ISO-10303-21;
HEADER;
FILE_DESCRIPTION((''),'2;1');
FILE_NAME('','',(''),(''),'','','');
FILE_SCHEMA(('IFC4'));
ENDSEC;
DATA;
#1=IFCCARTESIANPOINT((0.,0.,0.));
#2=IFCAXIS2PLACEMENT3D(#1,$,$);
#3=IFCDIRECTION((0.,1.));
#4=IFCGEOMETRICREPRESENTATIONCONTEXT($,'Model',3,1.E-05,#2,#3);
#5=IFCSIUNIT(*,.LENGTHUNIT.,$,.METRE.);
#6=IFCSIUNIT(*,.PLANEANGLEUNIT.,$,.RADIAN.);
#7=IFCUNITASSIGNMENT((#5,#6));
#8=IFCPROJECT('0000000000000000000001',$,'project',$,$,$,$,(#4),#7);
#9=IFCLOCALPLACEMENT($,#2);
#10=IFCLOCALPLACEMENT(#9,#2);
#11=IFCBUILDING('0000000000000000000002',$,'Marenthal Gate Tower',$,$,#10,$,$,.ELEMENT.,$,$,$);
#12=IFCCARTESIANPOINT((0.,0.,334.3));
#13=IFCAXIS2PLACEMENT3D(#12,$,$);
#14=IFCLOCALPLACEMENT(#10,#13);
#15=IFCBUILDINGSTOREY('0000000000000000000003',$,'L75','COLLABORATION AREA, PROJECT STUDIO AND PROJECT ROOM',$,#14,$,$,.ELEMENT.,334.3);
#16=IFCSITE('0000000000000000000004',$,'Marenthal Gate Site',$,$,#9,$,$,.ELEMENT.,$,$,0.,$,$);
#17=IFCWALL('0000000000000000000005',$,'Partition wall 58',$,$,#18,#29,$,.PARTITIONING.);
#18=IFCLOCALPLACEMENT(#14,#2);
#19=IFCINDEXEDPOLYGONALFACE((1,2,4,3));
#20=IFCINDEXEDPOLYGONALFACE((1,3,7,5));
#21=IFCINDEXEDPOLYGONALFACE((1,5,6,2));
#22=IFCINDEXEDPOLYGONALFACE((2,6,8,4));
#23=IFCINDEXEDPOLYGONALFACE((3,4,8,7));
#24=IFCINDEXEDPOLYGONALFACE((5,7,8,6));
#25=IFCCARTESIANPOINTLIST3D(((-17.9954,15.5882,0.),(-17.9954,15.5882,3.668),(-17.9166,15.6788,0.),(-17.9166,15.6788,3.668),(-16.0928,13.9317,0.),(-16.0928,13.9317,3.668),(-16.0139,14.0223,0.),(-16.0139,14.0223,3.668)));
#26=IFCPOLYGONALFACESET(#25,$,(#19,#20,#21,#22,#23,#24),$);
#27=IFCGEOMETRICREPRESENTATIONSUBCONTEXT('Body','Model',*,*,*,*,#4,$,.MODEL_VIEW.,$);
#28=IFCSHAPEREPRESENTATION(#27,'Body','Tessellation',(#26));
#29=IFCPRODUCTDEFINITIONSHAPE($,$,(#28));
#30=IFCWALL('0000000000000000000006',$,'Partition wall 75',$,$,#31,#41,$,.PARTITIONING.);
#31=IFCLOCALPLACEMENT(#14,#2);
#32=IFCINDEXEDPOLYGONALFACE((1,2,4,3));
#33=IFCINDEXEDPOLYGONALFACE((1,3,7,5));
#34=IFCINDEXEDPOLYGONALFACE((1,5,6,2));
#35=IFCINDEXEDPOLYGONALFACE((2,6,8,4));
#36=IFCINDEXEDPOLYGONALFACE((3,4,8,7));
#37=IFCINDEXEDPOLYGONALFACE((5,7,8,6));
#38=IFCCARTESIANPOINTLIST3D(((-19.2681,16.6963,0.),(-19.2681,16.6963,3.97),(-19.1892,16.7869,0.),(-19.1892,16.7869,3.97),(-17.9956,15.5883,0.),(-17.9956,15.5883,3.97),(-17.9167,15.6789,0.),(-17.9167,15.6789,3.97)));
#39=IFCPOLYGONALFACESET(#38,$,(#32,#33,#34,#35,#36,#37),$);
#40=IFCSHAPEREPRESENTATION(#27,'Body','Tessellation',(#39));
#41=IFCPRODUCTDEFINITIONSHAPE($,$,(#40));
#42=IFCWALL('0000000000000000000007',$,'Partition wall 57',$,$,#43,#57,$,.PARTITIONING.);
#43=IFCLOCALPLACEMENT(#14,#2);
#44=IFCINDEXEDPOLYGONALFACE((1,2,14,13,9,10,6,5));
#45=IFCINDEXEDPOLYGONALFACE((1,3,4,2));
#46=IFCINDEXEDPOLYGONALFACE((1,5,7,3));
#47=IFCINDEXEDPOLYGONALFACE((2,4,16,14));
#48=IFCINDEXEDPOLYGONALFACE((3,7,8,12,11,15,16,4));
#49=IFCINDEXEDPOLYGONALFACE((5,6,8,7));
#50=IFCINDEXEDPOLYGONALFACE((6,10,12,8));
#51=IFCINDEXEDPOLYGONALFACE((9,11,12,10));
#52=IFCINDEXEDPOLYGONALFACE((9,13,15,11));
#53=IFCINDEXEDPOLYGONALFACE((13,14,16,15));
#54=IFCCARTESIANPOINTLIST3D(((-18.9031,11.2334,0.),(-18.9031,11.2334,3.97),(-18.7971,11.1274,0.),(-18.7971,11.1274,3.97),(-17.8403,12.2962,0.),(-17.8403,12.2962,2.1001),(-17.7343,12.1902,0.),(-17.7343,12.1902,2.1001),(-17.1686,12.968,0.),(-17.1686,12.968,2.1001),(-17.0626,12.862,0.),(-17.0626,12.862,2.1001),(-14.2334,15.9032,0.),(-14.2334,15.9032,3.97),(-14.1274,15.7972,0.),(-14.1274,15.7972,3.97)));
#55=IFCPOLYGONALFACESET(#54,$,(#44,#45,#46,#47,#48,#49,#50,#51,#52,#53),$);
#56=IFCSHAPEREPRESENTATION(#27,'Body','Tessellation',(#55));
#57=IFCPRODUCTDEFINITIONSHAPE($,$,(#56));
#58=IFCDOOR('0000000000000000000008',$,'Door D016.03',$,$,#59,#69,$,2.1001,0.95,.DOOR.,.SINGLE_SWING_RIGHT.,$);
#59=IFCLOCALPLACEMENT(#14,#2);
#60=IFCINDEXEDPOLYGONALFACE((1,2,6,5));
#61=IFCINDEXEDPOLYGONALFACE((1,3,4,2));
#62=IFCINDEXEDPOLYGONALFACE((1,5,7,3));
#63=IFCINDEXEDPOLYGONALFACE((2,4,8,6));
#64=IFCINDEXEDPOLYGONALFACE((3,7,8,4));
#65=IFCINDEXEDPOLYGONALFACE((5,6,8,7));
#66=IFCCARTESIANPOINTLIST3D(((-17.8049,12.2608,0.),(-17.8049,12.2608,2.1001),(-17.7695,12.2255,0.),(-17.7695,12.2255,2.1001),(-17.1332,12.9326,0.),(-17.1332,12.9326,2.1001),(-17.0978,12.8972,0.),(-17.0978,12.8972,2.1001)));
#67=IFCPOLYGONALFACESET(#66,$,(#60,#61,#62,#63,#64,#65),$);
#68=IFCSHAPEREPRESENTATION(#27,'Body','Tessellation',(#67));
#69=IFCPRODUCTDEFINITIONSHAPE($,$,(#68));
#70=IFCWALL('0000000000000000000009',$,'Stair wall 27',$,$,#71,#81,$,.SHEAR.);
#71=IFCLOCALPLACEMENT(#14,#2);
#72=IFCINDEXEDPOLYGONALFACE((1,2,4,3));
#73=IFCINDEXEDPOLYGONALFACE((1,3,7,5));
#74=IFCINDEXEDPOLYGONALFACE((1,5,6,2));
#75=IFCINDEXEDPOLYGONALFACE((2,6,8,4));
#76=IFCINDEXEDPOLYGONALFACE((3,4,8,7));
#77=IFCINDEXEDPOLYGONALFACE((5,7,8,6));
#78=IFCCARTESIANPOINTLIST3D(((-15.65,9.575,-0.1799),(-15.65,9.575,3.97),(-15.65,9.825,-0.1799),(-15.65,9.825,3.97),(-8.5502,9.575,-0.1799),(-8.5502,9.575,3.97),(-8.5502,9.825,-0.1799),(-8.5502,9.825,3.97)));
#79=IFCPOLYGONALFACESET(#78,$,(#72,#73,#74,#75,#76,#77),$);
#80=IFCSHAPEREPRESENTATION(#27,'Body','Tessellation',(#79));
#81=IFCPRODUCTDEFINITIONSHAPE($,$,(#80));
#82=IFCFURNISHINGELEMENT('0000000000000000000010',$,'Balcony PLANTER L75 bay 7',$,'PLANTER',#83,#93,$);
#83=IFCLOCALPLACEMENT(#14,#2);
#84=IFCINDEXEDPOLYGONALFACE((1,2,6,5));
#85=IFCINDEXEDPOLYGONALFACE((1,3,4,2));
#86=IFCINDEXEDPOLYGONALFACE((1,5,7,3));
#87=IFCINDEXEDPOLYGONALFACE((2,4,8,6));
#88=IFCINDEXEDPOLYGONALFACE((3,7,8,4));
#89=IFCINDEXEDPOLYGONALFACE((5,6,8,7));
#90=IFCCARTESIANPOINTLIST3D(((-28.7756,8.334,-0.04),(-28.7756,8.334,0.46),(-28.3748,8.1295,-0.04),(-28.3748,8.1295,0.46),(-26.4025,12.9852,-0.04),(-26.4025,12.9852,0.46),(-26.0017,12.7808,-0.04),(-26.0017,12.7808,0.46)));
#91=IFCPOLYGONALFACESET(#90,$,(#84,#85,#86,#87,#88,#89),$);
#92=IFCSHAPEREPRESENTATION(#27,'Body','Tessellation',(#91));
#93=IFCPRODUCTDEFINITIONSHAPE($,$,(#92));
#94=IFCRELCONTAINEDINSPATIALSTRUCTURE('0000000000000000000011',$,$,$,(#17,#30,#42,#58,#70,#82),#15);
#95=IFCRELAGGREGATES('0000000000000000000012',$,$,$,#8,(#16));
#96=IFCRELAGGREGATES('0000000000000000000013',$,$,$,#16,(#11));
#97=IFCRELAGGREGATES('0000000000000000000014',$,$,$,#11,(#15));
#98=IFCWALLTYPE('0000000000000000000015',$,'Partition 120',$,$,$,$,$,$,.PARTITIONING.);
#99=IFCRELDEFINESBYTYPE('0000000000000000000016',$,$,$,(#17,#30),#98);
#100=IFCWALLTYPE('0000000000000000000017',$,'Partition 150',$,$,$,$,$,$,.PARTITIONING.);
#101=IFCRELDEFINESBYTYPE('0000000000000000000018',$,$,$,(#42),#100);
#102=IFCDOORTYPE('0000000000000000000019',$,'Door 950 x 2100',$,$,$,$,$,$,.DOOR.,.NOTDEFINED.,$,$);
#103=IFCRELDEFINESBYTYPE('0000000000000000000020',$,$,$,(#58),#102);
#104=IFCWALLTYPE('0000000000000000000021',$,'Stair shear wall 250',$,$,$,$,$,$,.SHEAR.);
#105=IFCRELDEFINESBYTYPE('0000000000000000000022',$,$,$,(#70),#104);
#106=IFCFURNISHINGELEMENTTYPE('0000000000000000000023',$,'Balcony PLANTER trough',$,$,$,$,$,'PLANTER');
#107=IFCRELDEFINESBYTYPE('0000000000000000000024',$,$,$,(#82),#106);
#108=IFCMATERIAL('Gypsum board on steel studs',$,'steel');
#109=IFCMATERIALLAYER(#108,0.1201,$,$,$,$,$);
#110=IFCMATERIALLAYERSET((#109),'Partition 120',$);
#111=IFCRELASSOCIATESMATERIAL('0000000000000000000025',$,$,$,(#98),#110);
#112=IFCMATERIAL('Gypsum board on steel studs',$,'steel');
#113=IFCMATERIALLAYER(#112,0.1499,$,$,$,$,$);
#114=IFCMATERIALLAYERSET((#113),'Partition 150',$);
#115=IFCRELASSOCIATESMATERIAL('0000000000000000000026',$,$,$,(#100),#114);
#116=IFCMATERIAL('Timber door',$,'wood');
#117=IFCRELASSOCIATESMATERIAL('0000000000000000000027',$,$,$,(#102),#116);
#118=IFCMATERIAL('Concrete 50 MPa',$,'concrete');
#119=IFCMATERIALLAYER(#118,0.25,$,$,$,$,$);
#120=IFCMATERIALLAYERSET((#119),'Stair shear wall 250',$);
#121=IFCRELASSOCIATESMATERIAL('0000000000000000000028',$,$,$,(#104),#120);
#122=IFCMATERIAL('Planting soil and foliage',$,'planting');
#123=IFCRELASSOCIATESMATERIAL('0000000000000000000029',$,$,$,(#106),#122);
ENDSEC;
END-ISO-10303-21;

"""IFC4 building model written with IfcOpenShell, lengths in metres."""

from ifc_helpers import new_model, si_unit, direction, frame, frame_2d, origin, origin_2d, place, context, subcontext, project, spatial, rectangle, extrude, material, layer, layer_set, type_object, element, fill, save


model = new_model("IFC4")

# Units and contexts
model_context = context("Model", 3, precision=1e-05, world=origin(), true_north=direction((0.0, 1.0)))
body_context = subcontext(model_context, "Body", "Model", "MODEL_VIEW")
ifc_project = project(units=[si_unit("LENGTHUNIT", "METRE"), si_unit("PLANEANGLEUNIT", "RADIAN")], contexts=[model_context])

# Site, building, storey
site_placement = place(None, origin())
site = spatial("IfcSite", under=ifc_project, at=site_placement, Name="Marenthal Gate Site", CompositionType="ELEMENT", RefElevation=0.0)
building_placement = place(site_placement, origin())
building = spatial("IfcBuilding", under=site, at=building_placement, Name="Marenthal Gate Tower", CompositionType="ELEMENT")
storey_placement = place(building_placement, frame((0.0, 0.0, 334.3)))
storey = spatial("IfcBuildingStorey", under=building, at=storey_placement, Name="L75", Description="COLLABORATION AREA, PROJECT STUDIO AND PROJECT ROOM", CompositionType="ELEMENT", Elevation=334.3)

# Walls
ifc_material_1 = material(Name="Gypsum board on steel studs", Category="steel")
ifc_layer_1 = layer(ifc_material_1, 0.1201)
ifc_layer_set_1 = layer_set([ifc_layer_1], Name="Partition 120")
wall_type_1 = type_object("IfcWallType", Name="Partition 120", PredefinedType="PARTITIONING", material=ifc_layer_set_1)
wall_1_placement = place(storey_placement, frame((-16.0535, 13.9771, 0.0), z_axis=(0.0, 0.0, 1.0), x_axis=(-0.754199, 0.656646, 0.0)))
element("IfcWall", 1, at=wall_1_placement, inside=storey, type_object=wall_type_1, Name="Partition wall 58", PredefinedType="PARTITIONING", context=body_context, shape_type="SweptSolid", body=[
    extrude(rectangle(XDim=2.5227, YDim=0.1201, at=frame_2d((1.2612, 0.0))), origin(), (0.0, 0.0, 1.0), 3.668),
])
wall_2_placement = place(storey_placement, frame((-17.9561, 15.6335, 0.0), z_axis=(0.0, 0.0, 1.0), x_axis=(-0.754188, 0.656659, 0.0)))
element("IfcWall", 2, at=wall_2_placement, inside=storey, type_object=wall_type_1, Name="Partition wall 75", PredefinedType="PARTITIONING", context=body_context, shape_type="SweptSolid", body=[
    extrude(rectangle(XDim=1.6873, YDim=0.1201, at=frame_2d((0.8438, 0.0))), origin(), (0.0, 0.0, 1.0), 3.97),
])

# Wall, opening, door
ifc_material_2 = material(Name="Gypsum board on steel studs", Category="steel")
ifc_layer_2 = layer(ifc_material_2, 0.1499)
ifc_layer_set_2 = layer_set([ifc_layer_2], Name="Partition 150")
wall_type_2 = type_object("IfcWallType", Name="Partition 150", PredefinedType="PARTITIONING", material=ifc_layer_set_2)
wall_3_placement = place(storey_placement, frame((-18.8501, 11.1804, 0.0), z_axis=(0.0, 0.0, 1.0), x_axis=(0.707107, 0.707107, 0.0)))
wall_3 = element("IfcWall", 3, at=wall_3_placement, inside=storey, type_object=wall_type_2, Name="Partition wall 57", PredefinedType="PARTITIONING", context=body_context, shape_type="SweptSolid", body=[
    extrude(rectangle(XDim=6.604, YDim=0.1499, at=frame_2d((3.302, 0.0))), origin(), (0.0, 0.0, 1.0), 3.97),
])
opening_1_placement = place(wall_3_placement, frame((1.5029, 0.0, 0.0)))
opening_1 = element("IfcOpeningElement", 4, at=opening_1_placement, cuts=wall_3, PredefinedType="OPENING", context=body_context, shape_type="SweptSolid", body=[
    extrude(rectangle(XDim=0.95, YDim=2.1001, at=frame_2d((0.4751, 1.05))), frame((0.0, 0.085, 0.0), z_axis=(0.0, -1.0, 0.0), x_axis=(1.0, 0.0, 0.0)), (0.0, 0.0, 1.0), 0.1699),
])
ifc_material_3 = material(Name="Timber door", Category="wood")
door_type_1 = type_object("IfcDoorType", Name="Door 950 x 2100", OperationType="NOTDEFINED", PredefinedType="DOOR", material=ifc_material_3)
door_1_placement = place(opening_1_placement, origin())
door_1 = element("IfcDoor", 5, at=door_1_placement, inside=storey, type_object=door_type_1, Name="Door D016.03", OperationType="SINGLE_SWING_RIGHT", OverallHeight=2.1001, OverallWidth=0.95, PredefinedType="DOOR", context=body_context, shape_type="SweptSolid", body=[
    extrude(rectangle(XDim=0.95, YDim=2.1001, at=frame_2d((0.4751, 1.05))), frame((0.0, 0.0249, 0.0), z_axis=(0.0, -1.0, 0.0), x_axis=(1.0, 0.0, 0.0)), (0.0, 0.0, 1.0), 0.05),
])
fill(opening_1, door_1)

# Wall
ifc_material_4 = material(Name="Concrete 50 MPa", Category="concrete")
ifc_layer_3 = layer(ifc_material_4, 0.25)
ifc_layer_set_3 = layer_set([ifc_layer_3], Name="Stair shear wall 250")
wall_type_3 = type_object("IfcWallType", Name="Stair shear wall 250", PredefinedType="SHEAR", material=ifc_layer_set_3)
wall_4_placement = place(storey_placement, frame((-15.6499, 9.7, -0.1799), z_axis=(0.0, 0.0, 1.0), x_axis=(1.0, 0.0, 0.0)))
element("IfcWall", 6, at=wall_4_placement, inside=storey, type_object=wall_type_3, Name="Stair wall 27", PredefinedType="SHEAR", context=body_context, shape_type="SweptSolid", body=[
    extrude(rectangle(XDim=7.0999, YDim=0.25, at=frame_2d((3.5498, 0.0))), origin(), (0.0, 0.0, 1.0), 4.1499),
])

# Furnishing element
ifc_material_5 = material(Name="Planting soil and foliage", Category="planting")
furnishing_element_type = type_object("IfcFurnishingElementType", Name="Balcony PLANTER trough", ElementType="PLANTER", material=ifc_material_5)
furnishing_placement = place(storey_placement, frame((-27.3887, 10.5574, -0.04), z_axis=(0.0, 0.0, 1.0), x_axis=(-0.454476, -0.890759, 0.0)))
element("IfcFurnishingElement", 7, at=furnishing_placement, inside=storey, type_object=furnishing_element_type, Name="Balcony PLANTER L75 bay 7", ObjectType="PLANTER", context=body_context, shape_type="SweptSolid", body=[
    extrude(rectangle(XDim=5.2217, YDim=0.45, at=origin_2d()), origin(), (0.0, 0.0, 1.0), 0.5),
])

save(model, "model.ifc")
